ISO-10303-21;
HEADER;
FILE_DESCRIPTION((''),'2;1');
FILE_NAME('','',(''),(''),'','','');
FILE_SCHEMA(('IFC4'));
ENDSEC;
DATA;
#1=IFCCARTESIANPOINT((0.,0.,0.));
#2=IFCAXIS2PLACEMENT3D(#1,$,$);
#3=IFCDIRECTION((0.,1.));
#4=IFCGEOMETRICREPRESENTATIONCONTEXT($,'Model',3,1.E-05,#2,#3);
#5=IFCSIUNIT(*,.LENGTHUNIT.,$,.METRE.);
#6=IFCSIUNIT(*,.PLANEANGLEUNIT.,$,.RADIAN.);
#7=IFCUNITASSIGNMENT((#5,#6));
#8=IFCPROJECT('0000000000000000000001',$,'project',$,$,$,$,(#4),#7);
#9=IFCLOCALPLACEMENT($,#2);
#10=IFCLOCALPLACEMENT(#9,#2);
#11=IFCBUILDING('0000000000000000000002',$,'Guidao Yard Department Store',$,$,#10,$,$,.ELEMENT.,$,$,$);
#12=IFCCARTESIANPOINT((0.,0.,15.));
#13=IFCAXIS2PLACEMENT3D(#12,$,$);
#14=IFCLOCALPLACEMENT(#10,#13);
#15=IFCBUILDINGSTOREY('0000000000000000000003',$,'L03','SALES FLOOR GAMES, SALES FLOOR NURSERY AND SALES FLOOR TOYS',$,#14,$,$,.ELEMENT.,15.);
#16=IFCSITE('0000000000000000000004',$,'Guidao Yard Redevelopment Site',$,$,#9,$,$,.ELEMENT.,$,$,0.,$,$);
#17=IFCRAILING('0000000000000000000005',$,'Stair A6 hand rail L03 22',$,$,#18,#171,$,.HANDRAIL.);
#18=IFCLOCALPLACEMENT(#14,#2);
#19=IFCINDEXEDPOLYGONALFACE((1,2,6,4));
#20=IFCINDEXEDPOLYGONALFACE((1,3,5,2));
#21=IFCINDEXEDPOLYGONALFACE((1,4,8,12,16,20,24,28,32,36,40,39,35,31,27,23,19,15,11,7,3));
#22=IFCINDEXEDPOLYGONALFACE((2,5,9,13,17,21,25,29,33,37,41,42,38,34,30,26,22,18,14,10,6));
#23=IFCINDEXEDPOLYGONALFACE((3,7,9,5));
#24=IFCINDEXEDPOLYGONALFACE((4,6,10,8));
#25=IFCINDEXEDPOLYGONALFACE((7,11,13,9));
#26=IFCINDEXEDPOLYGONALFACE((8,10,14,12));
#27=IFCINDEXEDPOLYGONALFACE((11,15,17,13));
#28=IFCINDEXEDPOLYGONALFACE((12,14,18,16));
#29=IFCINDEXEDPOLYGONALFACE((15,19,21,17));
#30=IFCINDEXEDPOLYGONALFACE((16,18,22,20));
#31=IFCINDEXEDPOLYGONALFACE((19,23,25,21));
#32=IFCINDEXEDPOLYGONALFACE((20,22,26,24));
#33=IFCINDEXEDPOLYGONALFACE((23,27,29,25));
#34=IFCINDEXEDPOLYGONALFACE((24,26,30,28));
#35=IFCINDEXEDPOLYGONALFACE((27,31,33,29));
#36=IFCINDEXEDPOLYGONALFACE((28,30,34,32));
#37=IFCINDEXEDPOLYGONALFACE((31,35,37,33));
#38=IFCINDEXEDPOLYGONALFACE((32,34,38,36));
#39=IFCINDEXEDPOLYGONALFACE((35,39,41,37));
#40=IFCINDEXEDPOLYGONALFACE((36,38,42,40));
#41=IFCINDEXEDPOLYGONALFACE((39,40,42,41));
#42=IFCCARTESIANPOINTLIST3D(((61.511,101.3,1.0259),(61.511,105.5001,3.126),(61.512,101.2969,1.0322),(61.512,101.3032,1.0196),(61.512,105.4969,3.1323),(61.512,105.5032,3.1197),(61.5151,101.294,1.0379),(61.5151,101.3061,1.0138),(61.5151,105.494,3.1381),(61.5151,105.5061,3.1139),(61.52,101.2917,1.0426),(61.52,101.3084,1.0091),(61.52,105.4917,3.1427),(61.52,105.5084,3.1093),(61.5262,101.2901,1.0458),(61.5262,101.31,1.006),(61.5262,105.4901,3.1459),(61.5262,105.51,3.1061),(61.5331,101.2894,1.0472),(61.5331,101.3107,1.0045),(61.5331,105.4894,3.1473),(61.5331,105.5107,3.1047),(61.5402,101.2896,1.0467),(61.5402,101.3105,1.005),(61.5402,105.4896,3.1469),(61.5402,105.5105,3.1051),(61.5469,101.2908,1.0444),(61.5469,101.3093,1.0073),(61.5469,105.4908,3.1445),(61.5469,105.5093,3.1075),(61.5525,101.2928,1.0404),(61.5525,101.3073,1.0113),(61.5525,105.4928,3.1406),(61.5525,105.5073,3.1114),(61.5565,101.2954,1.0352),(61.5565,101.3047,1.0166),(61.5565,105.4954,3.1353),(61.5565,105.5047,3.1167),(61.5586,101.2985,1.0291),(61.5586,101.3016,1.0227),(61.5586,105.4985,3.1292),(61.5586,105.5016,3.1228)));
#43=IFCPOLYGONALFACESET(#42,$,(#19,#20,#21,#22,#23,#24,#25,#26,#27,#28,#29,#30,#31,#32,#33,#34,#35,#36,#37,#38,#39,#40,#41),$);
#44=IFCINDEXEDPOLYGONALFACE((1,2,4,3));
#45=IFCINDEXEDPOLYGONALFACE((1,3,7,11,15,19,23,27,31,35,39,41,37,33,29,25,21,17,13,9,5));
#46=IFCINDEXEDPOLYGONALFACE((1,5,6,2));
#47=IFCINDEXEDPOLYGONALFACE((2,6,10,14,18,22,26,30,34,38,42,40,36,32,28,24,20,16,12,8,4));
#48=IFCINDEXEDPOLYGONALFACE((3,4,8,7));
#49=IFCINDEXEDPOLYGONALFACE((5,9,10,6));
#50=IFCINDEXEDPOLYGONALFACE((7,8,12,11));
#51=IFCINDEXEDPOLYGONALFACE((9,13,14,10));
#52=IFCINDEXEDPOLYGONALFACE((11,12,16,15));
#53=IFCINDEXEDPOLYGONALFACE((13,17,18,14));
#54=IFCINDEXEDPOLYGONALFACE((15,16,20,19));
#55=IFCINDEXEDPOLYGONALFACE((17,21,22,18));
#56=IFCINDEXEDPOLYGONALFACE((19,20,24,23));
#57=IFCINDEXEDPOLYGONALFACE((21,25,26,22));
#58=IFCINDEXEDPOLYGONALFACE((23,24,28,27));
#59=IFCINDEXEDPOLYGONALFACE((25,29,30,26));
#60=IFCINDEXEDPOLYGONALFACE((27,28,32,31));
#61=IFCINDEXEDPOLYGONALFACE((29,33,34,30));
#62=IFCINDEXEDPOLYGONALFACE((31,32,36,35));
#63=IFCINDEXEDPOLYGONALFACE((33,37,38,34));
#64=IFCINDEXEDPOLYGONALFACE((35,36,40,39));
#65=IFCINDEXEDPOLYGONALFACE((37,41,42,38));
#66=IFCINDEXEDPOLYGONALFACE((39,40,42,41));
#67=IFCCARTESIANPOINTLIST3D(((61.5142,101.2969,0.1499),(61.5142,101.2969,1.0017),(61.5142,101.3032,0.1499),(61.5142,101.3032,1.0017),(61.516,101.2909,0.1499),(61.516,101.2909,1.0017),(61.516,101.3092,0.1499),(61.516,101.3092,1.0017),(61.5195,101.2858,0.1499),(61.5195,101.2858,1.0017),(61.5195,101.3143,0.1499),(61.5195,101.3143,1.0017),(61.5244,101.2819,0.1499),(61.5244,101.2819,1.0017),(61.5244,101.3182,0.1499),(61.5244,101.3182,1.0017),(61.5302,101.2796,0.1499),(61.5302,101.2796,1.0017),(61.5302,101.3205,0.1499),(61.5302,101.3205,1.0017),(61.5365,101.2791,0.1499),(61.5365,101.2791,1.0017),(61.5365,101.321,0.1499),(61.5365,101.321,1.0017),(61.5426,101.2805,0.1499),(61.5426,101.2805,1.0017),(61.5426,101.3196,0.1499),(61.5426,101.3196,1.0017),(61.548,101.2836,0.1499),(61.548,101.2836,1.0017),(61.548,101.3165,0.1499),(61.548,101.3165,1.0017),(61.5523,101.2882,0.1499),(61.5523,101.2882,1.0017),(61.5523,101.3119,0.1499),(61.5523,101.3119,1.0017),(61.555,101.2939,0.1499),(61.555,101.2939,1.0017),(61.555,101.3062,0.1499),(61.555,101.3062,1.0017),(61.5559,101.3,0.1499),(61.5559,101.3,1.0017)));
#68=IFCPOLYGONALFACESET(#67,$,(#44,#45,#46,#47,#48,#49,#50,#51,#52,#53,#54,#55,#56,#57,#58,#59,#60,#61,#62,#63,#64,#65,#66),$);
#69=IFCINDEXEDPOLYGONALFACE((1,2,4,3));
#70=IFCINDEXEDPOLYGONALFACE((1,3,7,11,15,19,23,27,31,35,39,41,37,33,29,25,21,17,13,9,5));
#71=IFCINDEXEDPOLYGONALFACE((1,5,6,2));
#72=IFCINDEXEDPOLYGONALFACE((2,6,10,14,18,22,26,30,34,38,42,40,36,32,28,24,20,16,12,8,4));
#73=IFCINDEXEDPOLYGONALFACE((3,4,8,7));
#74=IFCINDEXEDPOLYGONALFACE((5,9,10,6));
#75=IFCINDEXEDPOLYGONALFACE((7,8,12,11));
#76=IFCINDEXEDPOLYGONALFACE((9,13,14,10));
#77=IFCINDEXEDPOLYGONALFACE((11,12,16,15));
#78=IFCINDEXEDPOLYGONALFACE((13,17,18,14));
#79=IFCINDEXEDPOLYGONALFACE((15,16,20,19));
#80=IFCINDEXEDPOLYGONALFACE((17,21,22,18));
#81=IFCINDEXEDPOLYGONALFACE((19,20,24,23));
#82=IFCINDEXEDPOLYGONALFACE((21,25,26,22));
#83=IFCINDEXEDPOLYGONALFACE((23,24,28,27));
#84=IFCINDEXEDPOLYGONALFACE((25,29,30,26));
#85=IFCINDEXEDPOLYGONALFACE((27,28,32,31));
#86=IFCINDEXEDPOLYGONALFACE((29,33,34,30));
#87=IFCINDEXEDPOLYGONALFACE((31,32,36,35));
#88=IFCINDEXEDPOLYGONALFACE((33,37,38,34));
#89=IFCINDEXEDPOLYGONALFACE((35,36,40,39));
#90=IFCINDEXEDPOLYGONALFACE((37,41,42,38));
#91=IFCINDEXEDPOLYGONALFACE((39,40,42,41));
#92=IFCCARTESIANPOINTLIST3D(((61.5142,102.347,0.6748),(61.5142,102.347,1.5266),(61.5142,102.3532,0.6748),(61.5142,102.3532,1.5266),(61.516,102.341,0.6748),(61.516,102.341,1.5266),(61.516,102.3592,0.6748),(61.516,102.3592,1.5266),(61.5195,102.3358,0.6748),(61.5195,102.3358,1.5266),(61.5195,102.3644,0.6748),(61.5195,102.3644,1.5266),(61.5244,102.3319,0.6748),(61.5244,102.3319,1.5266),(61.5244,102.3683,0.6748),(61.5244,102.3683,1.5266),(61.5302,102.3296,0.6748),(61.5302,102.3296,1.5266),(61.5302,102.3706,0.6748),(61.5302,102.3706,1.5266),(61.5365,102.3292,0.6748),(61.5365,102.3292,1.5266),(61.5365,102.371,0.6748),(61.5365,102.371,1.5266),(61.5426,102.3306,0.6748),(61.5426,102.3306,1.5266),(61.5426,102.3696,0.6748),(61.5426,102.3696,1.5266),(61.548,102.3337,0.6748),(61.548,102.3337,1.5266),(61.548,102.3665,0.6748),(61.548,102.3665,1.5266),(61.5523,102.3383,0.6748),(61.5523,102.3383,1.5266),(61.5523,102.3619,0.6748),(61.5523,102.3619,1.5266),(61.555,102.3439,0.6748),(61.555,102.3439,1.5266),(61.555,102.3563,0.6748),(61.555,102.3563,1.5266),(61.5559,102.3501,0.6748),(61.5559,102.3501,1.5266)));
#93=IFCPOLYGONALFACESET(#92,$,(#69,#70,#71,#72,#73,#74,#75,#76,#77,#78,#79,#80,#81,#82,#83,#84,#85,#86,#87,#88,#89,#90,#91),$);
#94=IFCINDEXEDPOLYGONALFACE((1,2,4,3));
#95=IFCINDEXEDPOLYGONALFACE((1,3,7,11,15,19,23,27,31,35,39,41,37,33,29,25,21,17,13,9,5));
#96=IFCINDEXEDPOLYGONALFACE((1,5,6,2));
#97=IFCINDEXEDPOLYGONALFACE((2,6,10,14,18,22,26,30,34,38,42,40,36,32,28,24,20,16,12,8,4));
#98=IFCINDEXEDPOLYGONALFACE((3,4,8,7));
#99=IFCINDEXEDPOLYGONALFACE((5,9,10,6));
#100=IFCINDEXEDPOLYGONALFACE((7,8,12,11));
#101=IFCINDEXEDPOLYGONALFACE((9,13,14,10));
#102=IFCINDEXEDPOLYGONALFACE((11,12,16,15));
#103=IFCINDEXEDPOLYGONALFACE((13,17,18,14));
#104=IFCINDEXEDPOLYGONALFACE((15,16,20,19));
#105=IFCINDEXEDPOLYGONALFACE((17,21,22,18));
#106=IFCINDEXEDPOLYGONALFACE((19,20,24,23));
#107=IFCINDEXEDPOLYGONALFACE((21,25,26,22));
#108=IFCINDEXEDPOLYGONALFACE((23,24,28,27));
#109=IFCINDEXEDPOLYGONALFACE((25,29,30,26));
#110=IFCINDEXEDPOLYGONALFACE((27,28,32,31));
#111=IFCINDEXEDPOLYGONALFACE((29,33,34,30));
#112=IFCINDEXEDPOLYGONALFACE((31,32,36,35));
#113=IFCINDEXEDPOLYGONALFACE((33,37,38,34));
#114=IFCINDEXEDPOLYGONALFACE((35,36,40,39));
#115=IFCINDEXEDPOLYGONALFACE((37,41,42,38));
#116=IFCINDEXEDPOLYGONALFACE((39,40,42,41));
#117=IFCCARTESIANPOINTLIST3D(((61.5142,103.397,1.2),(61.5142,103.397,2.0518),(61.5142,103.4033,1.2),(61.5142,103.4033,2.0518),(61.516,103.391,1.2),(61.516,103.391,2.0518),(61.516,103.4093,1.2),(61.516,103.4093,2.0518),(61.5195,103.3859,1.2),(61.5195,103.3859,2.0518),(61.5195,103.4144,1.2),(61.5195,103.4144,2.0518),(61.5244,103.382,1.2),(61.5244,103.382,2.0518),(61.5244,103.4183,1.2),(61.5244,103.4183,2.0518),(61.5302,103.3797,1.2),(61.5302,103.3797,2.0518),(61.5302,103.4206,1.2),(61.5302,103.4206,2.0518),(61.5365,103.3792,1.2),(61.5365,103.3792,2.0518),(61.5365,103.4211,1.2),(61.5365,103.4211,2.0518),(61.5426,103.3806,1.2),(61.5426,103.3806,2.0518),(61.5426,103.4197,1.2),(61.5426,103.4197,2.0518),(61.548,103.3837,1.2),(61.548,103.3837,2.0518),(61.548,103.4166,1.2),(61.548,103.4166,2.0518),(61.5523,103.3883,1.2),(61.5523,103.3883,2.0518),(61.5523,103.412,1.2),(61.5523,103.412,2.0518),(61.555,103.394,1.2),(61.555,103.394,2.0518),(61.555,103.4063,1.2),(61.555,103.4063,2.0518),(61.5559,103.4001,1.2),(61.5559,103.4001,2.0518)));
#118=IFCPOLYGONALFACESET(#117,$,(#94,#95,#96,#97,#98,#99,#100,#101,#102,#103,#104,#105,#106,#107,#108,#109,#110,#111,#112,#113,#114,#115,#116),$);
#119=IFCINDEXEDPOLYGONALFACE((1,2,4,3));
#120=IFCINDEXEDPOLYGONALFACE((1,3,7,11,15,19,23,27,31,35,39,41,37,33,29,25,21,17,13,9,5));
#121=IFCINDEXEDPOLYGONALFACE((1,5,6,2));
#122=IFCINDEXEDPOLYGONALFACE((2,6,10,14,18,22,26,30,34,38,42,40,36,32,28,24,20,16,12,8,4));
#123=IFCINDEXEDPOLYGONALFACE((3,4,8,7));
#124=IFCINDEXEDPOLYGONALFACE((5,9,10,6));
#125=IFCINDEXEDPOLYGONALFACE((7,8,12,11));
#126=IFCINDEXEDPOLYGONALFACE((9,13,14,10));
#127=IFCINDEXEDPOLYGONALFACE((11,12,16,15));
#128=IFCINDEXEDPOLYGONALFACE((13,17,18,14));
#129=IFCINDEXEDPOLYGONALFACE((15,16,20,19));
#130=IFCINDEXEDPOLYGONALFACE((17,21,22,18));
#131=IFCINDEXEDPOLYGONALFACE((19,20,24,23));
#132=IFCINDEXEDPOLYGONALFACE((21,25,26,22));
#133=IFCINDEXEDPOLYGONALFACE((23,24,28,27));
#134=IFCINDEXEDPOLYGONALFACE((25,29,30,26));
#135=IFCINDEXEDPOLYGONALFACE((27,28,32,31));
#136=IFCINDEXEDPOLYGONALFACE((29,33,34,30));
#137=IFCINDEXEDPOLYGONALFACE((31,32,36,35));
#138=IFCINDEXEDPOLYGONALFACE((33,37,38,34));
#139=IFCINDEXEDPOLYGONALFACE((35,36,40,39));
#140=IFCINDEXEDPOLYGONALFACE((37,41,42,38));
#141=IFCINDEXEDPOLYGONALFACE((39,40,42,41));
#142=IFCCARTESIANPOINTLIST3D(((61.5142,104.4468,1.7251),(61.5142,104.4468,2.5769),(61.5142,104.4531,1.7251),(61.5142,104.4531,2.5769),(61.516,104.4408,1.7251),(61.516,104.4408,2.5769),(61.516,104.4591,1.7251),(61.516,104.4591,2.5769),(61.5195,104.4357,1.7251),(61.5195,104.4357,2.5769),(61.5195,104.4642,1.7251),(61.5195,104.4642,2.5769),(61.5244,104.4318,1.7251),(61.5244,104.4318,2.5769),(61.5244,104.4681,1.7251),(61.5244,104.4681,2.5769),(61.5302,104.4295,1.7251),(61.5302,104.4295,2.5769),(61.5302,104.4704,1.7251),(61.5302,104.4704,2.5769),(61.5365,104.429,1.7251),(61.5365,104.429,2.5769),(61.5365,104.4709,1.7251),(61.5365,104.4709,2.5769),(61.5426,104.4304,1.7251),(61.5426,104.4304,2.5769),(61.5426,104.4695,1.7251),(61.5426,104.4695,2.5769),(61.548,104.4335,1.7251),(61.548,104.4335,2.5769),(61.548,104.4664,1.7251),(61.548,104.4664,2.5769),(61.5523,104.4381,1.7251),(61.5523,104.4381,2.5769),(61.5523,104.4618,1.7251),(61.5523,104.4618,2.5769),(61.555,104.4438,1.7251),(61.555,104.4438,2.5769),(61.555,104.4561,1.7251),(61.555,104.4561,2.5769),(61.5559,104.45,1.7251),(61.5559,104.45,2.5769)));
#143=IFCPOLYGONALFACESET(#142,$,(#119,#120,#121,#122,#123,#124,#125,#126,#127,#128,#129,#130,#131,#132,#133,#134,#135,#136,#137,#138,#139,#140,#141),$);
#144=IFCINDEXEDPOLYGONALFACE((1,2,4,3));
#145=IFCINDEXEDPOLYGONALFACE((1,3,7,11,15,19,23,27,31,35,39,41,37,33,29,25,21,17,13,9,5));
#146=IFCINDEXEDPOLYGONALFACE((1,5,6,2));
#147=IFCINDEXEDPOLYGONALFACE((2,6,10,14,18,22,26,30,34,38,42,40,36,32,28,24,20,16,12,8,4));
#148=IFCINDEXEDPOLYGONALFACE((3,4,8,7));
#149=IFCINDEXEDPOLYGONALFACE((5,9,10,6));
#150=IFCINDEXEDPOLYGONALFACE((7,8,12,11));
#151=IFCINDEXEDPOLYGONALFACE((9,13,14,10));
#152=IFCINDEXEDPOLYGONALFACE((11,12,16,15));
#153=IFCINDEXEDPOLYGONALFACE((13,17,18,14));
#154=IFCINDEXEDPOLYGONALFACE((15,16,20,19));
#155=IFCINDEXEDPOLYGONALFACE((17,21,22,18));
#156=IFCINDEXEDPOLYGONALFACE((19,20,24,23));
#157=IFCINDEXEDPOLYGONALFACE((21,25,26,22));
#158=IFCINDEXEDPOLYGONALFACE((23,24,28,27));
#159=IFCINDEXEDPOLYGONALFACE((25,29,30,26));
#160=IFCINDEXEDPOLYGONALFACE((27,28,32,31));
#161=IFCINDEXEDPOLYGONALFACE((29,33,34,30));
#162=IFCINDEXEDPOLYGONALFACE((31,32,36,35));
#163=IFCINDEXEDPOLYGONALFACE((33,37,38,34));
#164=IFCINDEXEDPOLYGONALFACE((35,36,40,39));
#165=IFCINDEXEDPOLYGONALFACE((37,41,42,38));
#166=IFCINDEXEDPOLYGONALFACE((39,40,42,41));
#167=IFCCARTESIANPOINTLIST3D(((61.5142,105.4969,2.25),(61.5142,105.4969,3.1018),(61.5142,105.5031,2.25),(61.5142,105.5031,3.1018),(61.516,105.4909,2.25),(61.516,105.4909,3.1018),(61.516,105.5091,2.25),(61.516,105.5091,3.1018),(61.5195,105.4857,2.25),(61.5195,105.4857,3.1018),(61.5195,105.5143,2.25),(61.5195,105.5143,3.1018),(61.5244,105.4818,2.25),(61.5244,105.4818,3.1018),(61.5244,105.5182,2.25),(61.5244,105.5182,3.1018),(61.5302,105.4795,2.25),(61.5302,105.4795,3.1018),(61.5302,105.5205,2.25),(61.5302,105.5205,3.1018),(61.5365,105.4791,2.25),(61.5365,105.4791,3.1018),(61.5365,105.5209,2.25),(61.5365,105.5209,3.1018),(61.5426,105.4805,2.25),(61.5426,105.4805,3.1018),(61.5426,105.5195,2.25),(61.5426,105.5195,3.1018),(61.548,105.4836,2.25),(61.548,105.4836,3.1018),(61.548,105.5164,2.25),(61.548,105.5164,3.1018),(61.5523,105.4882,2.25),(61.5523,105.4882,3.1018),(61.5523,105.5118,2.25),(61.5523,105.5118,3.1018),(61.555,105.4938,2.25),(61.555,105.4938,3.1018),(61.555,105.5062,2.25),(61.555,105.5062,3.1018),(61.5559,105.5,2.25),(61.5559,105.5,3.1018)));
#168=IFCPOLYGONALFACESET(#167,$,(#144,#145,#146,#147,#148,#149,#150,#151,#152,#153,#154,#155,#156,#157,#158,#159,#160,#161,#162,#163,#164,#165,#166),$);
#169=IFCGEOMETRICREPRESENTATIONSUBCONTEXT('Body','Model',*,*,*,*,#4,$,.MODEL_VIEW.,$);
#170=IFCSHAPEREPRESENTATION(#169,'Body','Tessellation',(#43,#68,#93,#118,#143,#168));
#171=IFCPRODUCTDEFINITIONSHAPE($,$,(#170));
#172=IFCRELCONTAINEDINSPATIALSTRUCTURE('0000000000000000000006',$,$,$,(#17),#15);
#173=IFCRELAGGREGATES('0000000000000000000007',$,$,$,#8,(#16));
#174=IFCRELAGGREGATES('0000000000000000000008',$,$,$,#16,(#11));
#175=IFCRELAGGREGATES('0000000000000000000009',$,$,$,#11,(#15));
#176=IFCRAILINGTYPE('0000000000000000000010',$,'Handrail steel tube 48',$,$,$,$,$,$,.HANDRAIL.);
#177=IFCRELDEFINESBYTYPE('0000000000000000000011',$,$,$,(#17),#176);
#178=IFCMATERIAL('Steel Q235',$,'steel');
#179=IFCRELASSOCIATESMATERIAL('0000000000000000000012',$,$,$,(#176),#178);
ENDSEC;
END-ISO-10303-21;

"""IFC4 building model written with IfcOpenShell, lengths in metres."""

from ifc_helpers import new_model, si_unit, direction, frame, origin, origin_2d, place, context, subcontext, project, spatial, circle, extrude, material, type_object, element, save


model = new_model("IFC4")

# Units and contexts
model_context = context("Model", 3, precision=1e-05, world=origin(), true_north=direction((0.0, 1.0)))
body_context = subcontext(model_context, "Body", "Model", "MODEL_VIEW")
ifc_project = project(units=[si_unit("LENGTHUNIT", "METRE"), si_unit("PLANEANGLEUNIT", "RADIAN")], contexts=[model_context])

# Site, building, storey
site_placement = place(None, origin())
site = spatial("IfcSite", under=ifc_project, at=site_placement, Name="Guidao Yard Redevelopment Site", CompositionType="ELEMENT", RefElevation=0.0)
building_placement = place(site_placement, origin())
building = spatial("IfcBuilding", under=site, at=building_placement, Name="Guidao Yard Department Store", CompositionType="ELEMENT")
storey_placement = place(building_placement, frame((0.0, 0.0, 15.0)))
storey = spatial("IfcBuildingStorey", under=building, at=storey_placement, Name="L03", Description="SALES FLOOR GAMES, SALES FLOOR NURSERY AND SALES FLOOR TOYS", CompositionType="ELEMENT", Elevation=15.0)

# Railing
ifc_material_1 = material(Name="Steel Q235", Category="steel")
railing_type_1 = type_object("IfcRailingType", Name="Handrail steel tube 48", PredefinedType="HANDRAIL", material=ifc_material_1)
for number, where, name in (
    (1, (61.5349, 101.3, 0.1499), "Stair A6 hand rail L03 22"),
):
    element("IfcRailing", number, at=place(storey_placement, frame(where)), inside=storey, type_object=railing_type_1, Name=name, PredefinedType="HANDRAIL", context=body_context, shape_type="SweptSolid", body=[
        extrude(circle(Radius=0.0239, at=origin_2d()), frame((0.0, 0.0, 0.876), z_axis=(0.0, 0.894417, 0.447234), x_axis=(-1.0, 0.0, 0.0)), (0.0, 0.0, 1.0), 4.6958),
        extrude(circle(Radius=0.021, at=origin_2d()), origin(), (0.0, 0.0, 1.0), 0.8518),
        extrude(circle(Radius=0.021, at=origin_2d()), frame((0.0, 1.05, 0.5249)), (0.0, 0.0, 1.0), 0.8518),
        extrude(circle(Radius=0.021, at=origin_2d()), frame((0.0, 2.1001, 1.05)), (0.0, 0.0, 1.0), 0.8518),
        extrude(circle(Radius=0.021, at=origin_2d()), frame((0.0, 3.1499, 1.5752)), (0.0, 0.0, 1.0), 0.8518),
        extrude(circle(Radius=0.021, at=origin_2d()), frame((0.0, 4.2, 2.1001)), (0.0, 0.0, 1.0), 0.8518),
    ])

save(model, "model.ifc")
